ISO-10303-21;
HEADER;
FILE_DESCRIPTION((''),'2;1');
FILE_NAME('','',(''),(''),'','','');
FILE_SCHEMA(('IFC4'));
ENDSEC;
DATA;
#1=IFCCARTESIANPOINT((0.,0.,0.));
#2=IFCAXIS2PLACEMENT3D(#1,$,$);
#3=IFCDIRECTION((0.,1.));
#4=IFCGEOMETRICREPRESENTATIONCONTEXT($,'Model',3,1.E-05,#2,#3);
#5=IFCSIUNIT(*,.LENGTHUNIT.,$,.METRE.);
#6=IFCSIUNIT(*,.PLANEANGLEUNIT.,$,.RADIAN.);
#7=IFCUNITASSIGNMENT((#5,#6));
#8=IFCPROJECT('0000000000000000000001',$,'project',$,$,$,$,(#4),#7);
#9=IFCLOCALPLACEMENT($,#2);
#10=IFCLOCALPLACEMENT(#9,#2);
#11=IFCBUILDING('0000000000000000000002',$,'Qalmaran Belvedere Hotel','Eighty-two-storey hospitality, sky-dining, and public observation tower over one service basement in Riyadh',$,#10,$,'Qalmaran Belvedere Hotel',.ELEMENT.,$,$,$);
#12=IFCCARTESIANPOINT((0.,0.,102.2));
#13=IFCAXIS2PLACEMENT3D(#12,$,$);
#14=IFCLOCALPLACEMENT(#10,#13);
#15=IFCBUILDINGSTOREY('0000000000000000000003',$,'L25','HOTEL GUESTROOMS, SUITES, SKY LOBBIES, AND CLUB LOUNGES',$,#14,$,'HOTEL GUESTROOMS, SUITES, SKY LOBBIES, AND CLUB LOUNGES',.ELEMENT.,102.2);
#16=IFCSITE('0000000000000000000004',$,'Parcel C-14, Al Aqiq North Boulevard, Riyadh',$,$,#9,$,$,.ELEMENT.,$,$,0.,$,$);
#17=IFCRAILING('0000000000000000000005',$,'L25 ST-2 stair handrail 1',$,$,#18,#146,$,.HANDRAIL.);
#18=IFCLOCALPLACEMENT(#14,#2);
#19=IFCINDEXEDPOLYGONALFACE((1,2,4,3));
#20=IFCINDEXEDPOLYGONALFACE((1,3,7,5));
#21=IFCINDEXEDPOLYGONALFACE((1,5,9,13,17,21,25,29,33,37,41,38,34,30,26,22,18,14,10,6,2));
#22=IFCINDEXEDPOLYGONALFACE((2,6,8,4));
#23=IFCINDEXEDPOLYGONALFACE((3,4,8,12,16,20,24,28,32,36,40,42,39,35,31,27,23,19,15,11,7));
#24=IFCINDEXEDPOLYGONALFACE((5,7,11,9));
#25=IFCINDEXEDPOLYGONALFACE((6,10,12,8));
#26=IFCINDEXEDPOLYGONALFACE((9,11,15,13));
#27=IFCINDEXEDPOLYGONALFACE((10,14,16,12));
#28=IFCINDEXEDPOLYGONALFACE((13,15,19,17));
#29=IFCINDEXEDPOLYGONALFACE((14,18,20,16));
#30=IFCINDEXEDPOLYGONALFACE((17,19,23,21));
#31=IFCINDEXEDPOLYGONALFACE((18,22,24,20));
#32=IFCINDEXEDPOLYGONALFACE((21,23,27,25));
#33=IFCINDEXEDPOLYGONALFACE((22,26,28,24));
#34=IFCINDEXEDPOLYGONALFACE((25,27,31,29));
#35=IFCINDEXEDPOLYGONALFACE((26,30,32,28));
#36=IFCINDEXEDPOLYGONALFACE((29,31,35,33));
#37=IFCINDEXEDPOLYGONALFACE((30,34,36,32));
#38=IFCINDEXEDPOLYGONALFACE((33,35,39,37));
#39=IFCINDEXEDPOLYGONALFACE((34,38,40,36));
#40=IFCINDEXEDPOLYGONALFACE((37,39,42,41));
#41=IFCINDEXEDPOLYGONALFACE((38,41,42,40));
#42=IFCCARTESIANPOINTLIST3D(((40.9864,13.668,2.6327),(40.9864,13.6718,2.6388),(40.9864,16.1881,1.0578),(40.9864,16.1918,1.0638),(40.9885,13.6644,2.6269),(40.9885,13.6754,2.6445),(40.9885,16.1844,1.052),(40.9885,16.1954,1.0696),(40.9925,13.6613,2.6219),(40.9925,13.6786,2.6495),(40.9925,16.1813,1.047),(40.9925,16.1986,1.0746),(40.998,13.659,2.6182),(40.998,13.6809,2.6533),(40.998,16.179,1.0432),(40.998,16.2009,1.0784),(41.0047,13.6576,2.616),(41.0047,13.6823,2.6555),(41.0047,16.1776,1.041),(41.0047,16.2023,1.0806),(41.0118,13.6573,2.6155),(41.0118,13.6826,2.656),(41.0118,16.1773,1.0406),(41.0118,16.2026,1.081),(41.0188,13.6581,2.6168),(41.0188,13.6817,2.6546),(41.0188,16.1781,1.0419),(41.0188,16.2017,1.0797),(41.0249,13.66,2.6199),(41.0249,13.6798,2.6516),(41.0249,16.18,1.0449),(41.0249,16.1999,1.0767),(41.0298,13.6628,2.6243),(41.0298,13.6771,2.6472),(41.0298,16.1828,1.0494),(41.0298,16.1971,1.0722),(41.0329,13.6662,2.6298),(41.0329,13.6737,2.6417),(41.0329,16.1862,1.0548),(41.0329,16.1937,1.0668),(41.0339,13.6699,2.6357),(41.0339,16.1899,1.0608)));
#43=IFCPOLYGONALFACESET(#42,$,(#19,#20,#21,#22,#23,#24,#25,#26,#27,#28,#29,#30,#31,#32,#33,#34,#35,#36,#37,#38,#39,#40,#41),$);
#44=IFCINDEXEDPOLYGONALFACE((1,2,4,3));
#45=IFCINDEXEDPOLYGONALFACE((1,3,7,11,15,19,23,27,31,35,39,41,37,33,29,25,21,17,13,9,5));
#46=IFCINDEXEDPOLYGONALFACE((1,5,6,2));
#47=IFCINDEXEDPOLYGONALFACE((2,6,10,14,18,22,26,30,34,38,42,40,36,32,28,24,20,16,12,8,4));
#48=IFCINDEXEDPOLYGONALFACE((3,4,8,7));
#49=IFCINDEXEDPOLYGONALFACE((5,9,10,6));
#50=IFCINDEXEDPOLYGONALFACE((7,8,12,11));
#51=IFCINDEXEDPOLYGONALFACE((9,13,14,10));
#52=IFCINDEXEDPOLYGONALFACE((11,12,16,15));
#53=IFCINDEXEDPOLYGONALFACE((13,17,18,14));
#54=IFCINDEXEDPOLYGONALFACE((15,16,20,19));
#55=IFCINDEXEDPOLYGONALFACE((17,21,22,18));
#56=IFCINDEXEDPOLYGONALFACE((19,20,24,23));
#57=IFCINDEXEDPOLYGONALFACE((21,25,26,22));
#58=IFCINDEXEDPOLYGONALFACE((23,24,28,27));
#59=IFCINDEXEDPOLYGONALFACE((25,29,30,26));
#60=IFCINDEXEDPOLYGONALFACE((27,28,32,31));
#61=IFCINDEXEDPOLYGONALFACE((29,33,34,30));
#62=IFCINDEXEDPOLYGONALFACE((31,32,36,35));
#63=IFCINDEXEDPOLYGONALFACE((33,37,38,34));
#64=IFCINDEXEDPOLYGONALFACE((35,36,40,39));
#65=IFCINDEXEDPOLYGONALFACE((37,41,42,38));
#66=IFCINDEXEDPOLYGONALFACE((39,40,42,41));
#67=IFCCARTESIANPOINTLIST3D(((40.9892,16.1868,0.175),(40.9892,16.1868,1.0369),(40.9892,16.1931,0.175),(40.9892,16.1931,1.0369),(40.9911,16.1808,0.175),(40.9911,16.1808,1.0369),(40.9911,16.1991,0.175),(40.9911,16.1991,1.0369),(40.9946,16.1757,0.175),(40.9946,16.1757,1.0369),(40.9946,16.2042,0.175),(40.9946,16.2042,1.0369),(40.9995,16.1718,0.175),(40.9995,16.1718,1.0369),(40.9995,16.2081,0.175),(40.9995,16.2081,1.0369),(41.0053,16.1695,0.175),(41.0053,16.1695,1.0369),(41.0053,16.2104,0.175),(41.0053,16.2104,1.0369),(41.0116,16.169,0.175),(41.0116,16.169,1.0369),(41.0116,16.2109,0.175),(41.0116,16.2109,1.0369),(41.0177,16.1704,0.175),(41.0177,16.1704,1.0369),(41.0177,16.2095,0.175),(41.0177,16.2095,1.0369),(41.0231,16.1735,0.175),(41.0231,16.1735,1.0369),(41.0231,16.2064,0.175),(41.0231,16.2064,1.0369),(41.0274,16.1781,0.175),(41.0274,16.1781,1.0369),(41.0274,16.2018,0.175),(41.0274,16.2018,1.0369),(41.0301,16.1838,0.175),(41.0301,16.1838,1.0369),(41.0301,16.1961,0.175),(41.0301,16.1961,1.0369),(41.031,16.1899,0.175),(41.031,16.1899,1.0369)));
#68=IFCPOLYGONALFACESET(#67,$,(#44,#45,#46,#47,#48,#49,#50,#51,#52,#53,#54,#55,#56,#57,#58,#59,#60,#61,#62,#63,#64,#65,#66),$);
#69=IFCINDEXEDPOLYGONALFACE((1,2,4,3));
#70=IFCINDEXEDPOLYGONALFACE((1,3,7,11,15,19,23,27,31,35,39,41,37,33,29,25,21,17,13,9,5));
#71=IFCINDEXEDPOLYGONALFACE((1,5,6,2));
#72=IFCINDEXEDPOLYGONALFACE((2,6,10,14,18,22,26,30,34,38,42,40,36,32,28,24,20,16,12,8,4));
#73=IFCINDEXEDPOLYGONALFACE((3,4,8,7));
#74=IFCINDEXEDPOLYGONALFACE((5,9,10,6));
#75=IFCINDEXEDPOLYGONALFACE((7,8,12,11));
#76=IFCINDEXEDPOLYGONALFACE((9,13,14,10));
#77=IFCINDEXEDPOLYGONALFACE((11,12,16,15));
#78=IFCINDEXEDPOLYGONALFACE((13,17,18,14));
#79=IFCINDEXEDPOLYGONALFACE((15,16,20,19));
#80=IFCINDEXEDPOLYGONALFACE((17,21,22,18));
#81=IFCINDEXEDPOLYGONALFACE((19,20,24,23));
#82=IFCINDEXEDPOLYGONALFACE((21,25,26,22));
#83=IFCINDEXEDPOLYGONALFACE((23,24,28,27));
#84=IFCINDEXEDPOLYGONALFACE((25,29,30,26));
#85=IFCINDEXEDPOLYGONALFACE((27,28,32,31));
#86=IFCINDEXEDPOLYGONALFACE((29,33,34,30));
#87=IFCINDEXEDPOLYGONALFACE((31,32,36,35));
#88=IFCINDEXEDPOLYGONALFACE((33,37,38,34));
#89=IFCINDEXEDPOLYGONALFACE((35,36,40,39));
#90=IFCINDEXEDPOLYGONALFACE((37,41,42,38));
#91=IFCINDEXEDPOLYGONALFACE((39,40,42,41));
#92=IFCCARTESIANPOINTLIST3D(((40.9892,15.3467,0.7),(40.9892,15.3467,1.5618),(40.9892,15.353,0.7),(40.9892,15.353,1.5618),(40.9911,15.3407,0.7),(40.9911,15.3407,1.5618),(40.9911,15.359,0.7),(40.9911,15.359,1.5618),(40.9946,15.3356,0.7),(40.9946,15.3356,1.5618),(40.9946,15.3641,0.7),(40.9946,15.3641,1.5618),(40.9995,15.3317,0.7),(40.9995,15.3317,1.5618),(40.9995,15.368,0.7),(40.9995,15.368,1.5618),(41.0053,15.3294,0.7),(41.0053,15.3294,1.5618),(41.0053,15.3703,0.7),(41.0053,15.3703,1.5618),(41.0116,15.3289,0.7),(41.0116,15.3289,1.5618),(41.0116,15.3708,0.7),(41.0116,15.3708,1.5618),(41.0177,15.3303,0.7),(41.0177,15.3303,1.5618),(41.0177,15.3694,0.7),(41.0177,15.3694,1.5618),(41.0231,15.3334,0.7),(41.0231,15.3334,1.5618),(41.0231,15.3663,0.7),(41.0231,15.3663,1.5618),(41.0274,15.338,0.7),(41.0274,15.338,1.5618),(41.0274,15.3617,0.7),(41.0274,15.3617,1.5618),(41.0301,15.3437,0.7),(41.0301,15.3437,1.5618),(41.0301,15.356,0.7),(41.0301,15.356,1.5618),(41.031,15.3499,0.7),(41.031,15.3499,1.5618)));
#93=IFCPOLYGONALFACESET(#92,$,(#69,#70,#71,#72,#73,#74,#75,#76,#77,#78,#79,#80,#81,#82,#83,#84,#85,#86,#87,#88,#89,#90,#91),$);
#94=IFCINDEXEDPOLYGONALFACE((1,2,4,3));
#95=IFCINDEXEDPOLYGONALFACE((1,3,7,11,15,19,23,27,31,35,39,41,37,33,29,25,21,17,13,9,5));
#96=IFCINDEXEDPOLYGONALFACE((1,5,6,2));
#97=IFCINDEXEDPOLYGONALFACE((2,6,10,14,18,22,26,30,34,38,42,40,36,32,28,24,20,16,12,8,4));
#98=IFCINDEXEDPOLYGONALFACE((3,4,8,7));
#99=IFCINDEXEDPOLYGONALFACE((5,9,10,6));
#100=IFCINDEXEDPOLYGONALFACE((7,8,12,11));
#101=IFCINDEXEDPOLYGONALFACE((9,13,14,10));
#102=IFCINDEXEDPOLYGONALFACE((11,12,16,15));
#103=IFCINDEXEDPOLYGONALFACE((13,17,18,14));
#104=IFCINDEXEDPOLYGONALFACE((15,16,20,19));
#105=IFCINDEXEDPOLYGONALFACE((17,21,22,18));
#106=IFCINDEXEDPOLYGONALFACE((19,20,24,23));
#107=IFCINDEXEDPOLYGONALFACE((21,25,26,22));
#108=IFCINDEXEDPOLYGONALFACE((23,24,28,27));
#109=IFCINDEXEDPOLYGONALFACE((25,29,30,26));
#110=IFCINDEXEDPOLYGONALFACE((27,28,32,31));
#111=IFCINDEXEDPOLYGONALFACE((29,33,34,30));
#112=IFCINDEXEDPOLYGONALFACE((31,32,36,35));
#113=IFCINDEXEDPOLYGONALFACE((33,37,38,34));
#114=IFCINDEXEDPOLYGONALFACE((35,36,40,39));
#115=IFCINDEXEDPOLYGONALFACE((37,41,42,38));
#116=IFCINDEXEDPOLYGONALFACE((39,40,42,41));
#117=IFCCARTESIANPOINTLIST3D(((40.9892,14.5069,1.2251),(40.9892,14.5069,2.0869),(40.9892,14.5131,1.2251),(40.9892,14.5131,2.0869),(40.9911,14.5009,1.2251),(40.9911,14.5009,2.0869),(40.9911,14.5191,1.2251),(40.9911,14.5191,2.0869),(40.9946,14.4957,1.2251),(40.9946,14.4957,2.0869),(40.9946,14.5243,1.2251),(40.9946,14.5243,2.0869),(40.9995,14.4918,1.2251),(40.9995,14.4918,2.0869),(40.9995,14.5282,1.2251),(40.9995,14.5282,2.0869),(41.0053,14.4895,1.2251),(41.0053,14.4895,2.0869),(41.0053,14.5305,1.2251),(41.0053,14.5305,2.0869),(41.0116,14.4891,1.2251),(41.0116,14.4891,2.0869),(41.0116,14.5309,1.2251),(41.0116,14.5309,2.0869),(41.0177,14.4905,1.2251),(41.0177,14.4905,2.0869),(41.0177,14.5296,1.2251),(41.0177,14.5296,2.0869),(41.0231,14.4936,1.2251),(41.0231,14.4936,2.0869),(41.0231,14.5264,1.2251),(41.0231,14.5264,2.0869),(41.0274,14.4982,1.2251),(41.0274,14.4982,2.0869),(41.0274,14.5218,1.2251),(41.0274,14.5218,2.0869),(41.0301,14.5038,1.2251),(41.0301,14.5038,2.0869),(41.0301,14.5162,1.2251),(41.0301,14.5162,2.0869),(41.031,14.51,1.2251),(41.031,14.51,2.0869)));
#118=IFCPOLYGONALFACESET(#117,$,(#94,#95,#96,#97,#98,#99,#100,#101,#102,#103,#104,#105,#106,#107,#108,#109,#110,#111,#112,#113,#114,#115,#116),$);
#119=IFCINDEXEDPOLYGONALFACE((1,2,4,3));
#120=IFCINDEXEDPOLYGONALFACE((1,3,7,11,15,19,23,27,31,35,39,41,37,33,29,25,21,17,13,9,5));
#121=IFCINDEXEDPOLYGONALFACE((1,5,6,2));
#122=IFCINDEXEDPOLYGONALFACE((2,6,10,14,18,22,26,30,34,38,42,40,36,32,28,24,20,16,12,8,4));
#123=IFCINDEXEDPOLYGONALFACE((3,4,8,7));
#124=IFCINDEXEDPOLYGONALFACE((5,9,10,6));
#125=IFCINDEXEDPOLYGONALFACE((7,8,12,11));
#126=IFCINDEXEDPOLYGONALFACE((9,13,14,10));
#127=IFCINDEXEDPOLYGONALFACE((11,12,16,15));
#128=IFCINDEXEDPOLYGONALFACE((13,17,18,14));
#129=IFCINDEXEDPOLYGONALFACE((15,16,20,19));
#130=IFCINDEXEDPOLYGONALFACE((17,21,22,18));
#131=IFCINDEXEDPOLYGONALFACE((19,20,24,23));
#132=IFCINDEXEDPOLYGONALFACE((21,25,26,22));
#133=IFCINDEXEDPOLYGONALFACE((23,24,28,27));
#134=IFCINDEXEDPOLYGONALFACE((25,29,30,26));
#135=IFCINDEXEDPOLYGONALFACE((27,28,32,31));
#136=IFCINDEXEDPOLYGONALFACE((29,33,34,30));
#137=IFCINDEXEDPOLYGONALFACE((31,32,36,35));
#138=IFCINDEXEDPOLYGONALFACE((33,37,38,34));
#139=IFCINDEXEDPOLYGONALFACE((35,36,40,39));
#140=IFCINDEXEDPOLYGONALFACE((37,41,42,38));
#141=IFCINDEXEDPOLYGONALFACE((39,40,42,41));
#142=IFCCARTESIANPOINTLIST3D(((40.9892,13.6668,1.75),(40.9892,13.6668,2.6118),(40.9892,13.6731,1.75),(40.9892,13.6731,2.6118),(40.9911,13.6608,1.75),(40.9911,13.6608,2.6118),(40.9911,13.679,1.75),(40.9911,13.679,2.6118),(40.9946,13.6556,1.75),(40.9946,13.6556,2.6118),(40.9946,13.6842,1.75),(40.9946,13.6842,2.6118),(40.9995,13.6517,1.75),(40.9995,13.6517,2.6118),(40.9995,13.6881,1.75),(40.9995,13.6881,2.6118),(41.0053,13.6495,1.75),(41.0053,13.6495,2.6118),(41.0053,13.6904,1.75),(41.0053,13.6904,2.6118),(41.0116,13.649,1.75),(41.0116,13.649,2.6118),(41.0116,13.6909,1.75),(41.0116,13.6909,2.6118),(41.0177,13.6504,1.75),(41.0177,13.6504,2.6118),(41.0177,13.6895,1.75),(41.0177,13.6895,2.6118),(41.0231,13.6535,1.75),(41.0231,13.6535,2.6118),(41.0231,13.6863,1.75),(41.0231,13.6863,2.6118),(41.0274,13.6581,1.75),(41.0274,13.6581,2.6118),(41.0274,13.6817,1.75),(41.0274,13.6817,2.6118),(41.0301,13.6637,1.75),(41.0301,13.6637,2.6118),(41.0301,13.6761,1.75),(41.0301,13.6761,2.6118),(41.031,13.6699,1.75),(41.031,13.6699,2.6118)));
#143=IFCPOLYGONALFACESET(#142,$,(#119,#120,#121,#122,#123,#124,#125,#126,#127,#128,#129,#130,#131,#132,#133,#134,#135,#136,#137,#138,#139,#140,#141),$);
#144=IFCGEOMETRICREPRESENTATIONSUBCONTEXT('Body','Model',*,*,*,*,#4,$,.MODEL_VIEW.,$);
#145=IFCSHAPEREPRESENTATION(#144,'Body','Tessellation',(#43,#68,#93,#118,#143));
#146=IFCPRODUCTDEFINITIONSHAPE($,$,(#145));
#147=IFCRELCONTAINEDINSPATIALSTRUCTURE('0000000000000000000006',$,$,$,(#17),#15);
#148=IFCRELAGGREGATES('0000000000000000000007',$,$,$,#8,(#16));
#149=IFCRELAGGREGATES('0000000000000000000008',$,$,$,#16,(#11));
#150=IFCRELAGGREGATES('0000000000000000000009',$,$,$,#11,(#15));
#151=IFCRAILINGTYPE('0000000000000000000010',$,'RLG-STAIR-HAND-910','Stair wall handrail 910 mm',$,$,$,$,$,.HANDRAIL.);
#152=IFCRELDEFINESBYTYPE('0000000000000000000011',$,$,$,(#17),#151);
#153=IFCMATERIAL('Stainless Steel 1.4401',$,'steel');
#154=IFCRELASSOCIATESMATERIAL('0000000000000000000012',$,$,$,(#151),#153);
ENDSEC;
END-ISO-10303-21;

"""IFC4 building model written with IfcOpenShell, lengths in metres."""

from ifc_helpers import new_model, si_unit, direction, frame, origin, origin_2d, place, context, subcontext, project, spatial, circle, extrude, material, type_object, element, save


model = new_model("IFC4")

# Units and contexts
model_context = context("Model", 3, precision=1e-05, world=origin(), true_north=direction((0.0, 1.0)))
body_context = subcontext(model_context, "Body", "Model", "MODEL_VIEW")
ifc_project = project(units=[si_unit("LENGTHUNIT", "METRE"), si_unit("PLANEANGLEUNIT", "RADIAN")], contexts=[model_context])

# Site, building, storey
site_placement = place(None, origin())
site = spatial("IfcSite", under=ifc_project, at=site_placement, Name="Parcel C-14, Al Aqiq North Boulevard, Riyadh", CompositionType="ELEMENT", RefElevation=0.0)
building_placement = place(site_placement, origin())
building = spatial("IfcBuilding", under=site, at=building_placement, Name="Qalmaran Belvedere Hotel", Description="Eighty-two-storey hospitality, sky-dining, and public observation tower over one service basement in Riyadh", LongName="Qalmaran Belvedere Hotel", CompositionType="ELEMENT")
storey_placement = place(building_placement, frame((0.0, 0.0, 102.2)))
storey = spatial("IfcBuildingStorey", under=building, at=storey_placement, Name="L25", Description="HOTEL GUESTROOMS, SUITES, SKY LOBBIES, AND CLUB LOUNGES", LongName="HOTEL GUESTROOMS, SUITES, SKY LOBBIES, AND CLUB LOUNGES", CompositionType="ELEMENT", Elevation=102.2)

# Shared definitions
ifc_material_1 = material(Name="Stainless Steel 1.4401", Category="steel")

# Railing
railing_type_1 = type_object("IfcRailingType", Name="RLG-STAIR-HAND-910", Description="Stair wall handrail 910 mm", PredefinedType="HANDRAIL", material=ifc_material_1)
railing_1_placement = place(storey_placement, frame((41.01, 16.1899, 0.175)))
element("IfcRailing", 1, at=railing_1_placement, inside=storey, type_object=railing_type_1, Name="L25 ST-2 stair handrail 1", PredefinedType="HANDRAIL", context=body_context, shape_type="SweptSolid", body=[
    extrude(circle(Radius=0.0239, at=origin_2d()), frame((0.0, 0.0, 0.8857), z_axis=(0.0, -0.848008, 0.529984), x_axis=(1.0, 0.0, 0.0)), (0.0, 0.0, 1.0), 2.9717),
    extrude(circle(Radius=0.021, at=origin_2d()), origin(), (0.0, 0.0, 1.0), 0.8618),
    extrude(circle(Radius=0.021, at=origin_2d()), frame((0.0, -0.8401, 0.5249)), (0.0, 0.0, 1.0), 0.8618),
    extrude(circle(Radius=0.021, at=origin_2d()), frame((0.0, -1.6799, 1.05)), (0.0, 0.0, 1.0), 0.8618),
    extrude(circle(Radius=0.021, at=origin_2d()), frame((0.0, -2.52, 1.575)), (0.0, 0.0, 1.0), 0.8618),
])

save(model, "model.ifc")
